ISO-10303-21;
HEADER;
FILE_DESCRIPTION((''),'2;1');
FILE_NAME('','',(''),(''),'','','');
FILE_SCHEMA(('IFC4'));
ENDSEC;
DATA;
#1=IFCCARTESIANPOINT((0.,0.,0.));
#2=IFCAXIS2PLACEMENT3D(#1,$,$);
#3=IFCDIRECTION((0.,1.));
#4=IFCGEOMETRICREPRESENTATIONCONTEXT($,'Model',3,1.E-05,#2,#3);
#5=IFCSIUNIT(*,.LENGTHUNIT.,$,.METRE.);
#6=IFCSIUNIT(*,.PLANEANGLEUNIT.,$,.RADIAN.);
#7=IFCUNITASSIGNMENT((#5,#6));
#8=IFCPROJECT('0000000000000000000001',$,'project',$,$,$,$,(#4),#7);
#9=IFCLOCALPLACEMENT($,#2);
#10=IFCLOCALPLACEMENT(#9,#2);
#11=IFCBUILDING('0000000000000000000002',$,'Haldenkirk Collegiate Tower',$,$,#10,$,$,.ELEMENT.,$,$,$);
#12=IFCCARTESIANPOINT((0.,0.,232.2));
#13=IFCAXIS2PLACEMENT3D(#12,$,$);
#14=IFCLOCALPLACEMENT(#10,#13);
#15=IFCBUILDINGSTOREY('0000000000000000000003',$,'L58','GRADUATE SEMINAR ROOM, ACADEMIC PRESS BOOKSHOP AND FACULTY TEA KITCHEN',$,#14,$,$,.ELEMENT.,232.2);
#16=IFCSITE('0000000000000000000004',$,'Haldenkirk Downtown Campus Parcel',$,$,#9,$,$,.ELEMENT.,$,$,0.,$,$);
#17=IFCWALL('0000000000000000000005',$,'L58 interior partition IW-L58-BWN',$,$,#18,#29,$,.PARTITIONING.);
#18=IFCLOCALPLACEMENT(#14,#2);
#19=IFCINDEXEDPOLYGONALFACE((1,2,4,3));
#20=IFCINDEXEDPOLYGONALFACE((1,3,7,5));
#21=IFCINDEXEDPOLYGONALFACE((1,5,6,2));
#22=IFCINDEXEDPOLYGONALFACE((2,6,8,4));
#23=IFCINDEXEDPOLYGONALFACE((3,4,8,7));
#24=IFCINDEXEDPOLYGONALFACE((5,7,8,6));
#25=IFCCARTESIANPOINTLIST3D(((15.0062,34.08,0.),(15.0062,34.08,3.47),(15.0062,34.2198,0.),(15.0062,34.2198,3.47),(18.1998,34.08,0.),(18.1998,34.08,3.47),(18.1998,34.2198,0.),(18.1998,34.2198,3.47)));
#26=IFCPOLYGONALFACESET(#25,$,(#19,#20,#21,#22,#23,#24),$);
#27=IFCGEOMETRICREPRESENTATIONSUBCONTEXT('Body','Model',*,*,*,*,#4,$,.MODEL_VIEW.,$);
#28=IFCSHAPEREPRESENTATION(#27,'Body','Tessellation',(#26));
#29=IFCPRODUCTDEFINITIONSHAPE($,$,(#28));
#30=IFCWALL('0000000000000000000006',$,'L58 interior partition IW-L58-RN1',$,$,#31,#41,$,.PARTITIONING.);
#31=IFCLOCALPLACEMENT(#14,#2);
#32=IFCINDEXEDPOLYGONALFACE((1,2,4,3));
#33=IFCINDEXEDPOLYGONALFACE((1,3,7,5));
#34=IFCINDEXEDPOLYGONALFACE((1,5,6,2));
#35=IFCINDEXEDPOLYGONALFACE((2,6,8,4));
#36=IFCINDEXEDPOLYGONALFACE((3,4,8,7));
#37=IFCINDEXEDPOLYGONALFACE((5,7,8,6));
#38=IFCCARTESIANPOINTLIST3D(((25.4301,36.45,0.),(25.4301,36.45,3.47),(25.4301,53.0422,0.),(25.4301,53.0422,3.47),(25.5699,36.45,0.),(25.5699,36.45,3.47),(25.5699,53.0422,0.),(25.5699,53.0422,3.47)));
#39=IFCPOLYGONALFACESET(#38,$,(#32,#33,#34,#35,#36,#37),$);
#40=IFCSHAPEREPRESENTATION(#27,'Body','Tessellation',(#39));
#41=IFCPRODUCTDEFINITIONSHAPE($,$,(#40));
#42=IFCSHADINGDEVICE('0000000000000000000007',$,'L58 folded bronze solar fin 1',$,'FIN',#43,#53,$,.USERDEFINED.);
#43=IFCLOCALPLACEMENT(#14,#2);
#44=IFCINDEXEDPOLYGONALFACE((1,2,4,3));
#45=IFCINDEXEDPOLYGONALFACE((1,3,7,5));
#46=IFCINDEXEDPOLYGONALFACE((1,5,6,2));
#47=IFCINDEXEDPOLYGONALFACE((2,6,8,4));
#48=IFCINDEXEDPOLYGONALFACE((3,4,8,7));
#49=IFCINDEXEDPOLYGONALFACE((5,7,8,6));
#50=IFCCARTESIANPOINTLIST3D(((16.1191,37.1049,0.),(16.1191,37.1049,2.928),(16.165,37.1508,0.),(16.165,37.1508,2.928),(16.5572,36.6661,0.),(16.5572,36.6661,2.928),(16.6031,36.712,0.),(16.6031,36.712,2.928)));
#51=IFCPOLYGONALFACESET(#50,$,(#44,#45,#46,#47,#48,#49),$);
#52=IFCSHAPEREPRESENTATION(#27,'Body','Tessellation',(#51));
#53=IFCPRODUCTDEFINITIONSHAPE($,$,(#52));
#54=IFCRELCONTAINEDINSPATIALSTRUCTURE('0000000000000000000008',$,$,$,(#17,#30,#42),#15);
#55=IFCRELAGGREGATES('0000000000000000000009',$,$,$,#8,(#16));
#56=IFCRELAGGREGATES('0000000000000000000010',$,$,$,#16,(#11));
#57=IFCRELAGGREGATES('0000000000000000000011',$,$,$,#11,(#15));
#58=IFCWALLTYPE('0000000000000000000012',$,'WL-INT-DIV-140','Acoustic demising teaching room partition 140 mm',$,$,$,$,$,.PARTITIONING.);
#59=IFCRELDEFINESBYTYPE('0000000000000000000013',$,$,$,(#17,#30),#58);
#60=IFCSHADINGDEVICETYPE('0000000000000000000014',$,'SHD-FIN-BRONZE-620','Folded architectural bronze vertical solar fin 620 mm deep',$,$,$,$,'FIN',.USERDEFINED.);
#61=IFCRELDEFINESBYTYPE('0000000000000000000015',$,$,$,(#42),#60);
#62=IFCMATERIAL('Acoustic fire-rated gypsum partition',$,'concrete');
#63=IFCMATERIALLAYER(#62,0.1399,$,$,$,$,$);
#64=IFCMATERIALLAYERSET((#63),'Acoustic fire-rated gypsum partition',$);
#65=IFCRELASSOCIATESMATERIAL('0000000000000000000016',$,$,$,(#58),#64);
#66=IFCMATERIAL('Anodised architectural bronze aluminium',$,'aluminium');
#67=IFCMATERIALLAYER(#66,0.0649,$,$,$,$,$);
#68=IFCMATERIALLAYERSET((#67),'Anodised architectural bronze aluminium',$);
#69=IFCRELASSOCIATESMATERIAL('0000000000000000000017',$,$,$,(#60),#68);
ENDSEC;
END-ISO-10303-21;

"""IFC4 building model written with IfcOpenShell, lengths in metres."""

from ifc_helpers import new_model, si_unit, direction, frame, frame_2d, origin, origin_2d, place, context, subcontext, project, spatial, rectangle, extrude, source, transform, mapped, material, layer, layer_set, type_object, element, save


model = new_model("IFC4")

# Units and contexts
model_context = context("Model", 3, precision=1e-05, world=origin(), true_north=direction((0.0, 1.0)))
body_context = subcontext(model_context, "Body", "Model", "MODEL_VIEW")
ifc_project = project(units=[si_unit("LENGTHUNIT", "METRE"), si_unit("PLANEANGLEUNIT", "RADIAN")], contexts=[model_context])

# Site, building, storey
site_placement = place(None, origin())
site = spatial("IfcSite", under=ifc_project, at=site_placement, Name="Haldenkirk Downtown Campus Parcel", CompositionType="ELEMENT", RefElevation=0.0)
building_placement = place(site_placement, origin())
building = spatial("IfcBuilding", under=site, at=building_placement, Name="Haldenkirk Collegiate Tower", CompositionType="ELEMENT")
storey_placement = place(building_placement, frame((0.0, 0.0, 232.2)))
storey = spatial("IfcBuildingStorey", under=building, at=storey_placement, Name="L58", Description="GRADUATE SEMINAR ROOM, ACADEMIC PRESS BOOKSHOP AND FACULTY TEA KITCHEN", CompositionType="ELEMENT", Elevation=232.2)

# Shared definitions
ifc_material_1 = material(Name="Anodised architectural bronze aluminium", Category="aluminium")

# Shared definitions
ifc_material_2 = material(Name="Acoustic fire-rated gypsum partition", Category="concrete")

# Shared definitions
ifc_layer_1 = layer(ifc_material_2, 0.1399)
ifc_layer_set_1 = layer_set([ifc_layer_1], Name="Acoustic fire-rated gypsum partition")
wall_type_1 = type_object("IfcWallType", Name="WL-INT-DIV-140", Description="Acoustic demising teaching room partition 140 mm", PredefinedType="PARTITIONING", material=ifc_layer_set_1)

# Walls
wall_1_placement = place(storey_placement, frame((15.0063, 34.1499, 0.0), z_axis=(0.0, 0.0, 1.0), x_axis=(1.0, 0.0, 0.0)))
element("IfcWall", 1, at=wall_1_placement, inside=storey, type_object=wall_type_1, Name="L58 interior partition IW-L58-BWN", PredefinedType="PARTITIONING", context=body_context, shape_type="SweptSolid", body=[
    extrude(rectangle(XDim=3.1936, YDim=0.1399, at=frame_2d((1.5967, 0.0))), origin(), (0.0, 0.0, 1.0), 3.47),
])
wall_2_placement = place(storey_placement, frame((25.5, 36.45, 0.0), z_axis=(0.0, 0.0, 1.0), x_axis=(0.0, 1.0, 0.0)))
element("IfcWall", 2, at=wall_2_placement, inside=storey, type_object=wall_type_1, Name="L58 interior partition IW-L58-RN1", PredefinedType="PARTITIONING", context=body_context, shape_type="SweptSolid", body=[
    extrude(rectangle(XDim=16.5923, YDim=0.1399, at=frame_2d((8.2961, 0.0))), origin(), (0.0, 0.0, 1.0), 3.47),
])

# Shading device
ifc_layer_2 = layer(ifc_material_1, 0.0649)
ifc_layer_set_2 = layer_set([ifc_layer_2], Name="Anodised architectural bronze aluminium")
shading_device_type = type_object("IfcShadingDeviceType", Name="SHD-FIN-BRONZE-620", Description="Folded architectural bronze vertical solar fin 620 mm deep", ElementType="FIN", PredefinedType="USERDEFINED", material=ifc_layer_set_2)
shared_shape_1 = source(origin(), body_context, "Body", "SweptSolid", [
    extrude(rectangle(XDim=0.6201, YDim=0.0649, at=origin_2d()), origin(), (0.0, 0.0, 1.0), 2.928),
])
shading_device_placement = place(storey_placement, frame((16.3611, 36.9084, 0.0), z_axis=(0.0, 0.0, 1.0), x_axis=(-0.706489, 0.707724, 0.0)))
element("IfcShadingDevice", 3, at=shading_device_placement, inside=storey, type_object=shading_device_type, Name="L58 folded bronze solar fin 1", ObjectType="FIN", PredefinedType="USERDEFINED", context=body_context, shape_type="MappedRepresentation", body=[
    mapped(shared_shape_1, transform((0.0, 0.0, 0.0), x_axis=(1.0, 0.0, 0.0), y_axis=(0.0, 1.0, 0.0), z_axis=(0.0, 0.0, 1.0), scale=1.0)),
])

save(model, "model.ifc")
